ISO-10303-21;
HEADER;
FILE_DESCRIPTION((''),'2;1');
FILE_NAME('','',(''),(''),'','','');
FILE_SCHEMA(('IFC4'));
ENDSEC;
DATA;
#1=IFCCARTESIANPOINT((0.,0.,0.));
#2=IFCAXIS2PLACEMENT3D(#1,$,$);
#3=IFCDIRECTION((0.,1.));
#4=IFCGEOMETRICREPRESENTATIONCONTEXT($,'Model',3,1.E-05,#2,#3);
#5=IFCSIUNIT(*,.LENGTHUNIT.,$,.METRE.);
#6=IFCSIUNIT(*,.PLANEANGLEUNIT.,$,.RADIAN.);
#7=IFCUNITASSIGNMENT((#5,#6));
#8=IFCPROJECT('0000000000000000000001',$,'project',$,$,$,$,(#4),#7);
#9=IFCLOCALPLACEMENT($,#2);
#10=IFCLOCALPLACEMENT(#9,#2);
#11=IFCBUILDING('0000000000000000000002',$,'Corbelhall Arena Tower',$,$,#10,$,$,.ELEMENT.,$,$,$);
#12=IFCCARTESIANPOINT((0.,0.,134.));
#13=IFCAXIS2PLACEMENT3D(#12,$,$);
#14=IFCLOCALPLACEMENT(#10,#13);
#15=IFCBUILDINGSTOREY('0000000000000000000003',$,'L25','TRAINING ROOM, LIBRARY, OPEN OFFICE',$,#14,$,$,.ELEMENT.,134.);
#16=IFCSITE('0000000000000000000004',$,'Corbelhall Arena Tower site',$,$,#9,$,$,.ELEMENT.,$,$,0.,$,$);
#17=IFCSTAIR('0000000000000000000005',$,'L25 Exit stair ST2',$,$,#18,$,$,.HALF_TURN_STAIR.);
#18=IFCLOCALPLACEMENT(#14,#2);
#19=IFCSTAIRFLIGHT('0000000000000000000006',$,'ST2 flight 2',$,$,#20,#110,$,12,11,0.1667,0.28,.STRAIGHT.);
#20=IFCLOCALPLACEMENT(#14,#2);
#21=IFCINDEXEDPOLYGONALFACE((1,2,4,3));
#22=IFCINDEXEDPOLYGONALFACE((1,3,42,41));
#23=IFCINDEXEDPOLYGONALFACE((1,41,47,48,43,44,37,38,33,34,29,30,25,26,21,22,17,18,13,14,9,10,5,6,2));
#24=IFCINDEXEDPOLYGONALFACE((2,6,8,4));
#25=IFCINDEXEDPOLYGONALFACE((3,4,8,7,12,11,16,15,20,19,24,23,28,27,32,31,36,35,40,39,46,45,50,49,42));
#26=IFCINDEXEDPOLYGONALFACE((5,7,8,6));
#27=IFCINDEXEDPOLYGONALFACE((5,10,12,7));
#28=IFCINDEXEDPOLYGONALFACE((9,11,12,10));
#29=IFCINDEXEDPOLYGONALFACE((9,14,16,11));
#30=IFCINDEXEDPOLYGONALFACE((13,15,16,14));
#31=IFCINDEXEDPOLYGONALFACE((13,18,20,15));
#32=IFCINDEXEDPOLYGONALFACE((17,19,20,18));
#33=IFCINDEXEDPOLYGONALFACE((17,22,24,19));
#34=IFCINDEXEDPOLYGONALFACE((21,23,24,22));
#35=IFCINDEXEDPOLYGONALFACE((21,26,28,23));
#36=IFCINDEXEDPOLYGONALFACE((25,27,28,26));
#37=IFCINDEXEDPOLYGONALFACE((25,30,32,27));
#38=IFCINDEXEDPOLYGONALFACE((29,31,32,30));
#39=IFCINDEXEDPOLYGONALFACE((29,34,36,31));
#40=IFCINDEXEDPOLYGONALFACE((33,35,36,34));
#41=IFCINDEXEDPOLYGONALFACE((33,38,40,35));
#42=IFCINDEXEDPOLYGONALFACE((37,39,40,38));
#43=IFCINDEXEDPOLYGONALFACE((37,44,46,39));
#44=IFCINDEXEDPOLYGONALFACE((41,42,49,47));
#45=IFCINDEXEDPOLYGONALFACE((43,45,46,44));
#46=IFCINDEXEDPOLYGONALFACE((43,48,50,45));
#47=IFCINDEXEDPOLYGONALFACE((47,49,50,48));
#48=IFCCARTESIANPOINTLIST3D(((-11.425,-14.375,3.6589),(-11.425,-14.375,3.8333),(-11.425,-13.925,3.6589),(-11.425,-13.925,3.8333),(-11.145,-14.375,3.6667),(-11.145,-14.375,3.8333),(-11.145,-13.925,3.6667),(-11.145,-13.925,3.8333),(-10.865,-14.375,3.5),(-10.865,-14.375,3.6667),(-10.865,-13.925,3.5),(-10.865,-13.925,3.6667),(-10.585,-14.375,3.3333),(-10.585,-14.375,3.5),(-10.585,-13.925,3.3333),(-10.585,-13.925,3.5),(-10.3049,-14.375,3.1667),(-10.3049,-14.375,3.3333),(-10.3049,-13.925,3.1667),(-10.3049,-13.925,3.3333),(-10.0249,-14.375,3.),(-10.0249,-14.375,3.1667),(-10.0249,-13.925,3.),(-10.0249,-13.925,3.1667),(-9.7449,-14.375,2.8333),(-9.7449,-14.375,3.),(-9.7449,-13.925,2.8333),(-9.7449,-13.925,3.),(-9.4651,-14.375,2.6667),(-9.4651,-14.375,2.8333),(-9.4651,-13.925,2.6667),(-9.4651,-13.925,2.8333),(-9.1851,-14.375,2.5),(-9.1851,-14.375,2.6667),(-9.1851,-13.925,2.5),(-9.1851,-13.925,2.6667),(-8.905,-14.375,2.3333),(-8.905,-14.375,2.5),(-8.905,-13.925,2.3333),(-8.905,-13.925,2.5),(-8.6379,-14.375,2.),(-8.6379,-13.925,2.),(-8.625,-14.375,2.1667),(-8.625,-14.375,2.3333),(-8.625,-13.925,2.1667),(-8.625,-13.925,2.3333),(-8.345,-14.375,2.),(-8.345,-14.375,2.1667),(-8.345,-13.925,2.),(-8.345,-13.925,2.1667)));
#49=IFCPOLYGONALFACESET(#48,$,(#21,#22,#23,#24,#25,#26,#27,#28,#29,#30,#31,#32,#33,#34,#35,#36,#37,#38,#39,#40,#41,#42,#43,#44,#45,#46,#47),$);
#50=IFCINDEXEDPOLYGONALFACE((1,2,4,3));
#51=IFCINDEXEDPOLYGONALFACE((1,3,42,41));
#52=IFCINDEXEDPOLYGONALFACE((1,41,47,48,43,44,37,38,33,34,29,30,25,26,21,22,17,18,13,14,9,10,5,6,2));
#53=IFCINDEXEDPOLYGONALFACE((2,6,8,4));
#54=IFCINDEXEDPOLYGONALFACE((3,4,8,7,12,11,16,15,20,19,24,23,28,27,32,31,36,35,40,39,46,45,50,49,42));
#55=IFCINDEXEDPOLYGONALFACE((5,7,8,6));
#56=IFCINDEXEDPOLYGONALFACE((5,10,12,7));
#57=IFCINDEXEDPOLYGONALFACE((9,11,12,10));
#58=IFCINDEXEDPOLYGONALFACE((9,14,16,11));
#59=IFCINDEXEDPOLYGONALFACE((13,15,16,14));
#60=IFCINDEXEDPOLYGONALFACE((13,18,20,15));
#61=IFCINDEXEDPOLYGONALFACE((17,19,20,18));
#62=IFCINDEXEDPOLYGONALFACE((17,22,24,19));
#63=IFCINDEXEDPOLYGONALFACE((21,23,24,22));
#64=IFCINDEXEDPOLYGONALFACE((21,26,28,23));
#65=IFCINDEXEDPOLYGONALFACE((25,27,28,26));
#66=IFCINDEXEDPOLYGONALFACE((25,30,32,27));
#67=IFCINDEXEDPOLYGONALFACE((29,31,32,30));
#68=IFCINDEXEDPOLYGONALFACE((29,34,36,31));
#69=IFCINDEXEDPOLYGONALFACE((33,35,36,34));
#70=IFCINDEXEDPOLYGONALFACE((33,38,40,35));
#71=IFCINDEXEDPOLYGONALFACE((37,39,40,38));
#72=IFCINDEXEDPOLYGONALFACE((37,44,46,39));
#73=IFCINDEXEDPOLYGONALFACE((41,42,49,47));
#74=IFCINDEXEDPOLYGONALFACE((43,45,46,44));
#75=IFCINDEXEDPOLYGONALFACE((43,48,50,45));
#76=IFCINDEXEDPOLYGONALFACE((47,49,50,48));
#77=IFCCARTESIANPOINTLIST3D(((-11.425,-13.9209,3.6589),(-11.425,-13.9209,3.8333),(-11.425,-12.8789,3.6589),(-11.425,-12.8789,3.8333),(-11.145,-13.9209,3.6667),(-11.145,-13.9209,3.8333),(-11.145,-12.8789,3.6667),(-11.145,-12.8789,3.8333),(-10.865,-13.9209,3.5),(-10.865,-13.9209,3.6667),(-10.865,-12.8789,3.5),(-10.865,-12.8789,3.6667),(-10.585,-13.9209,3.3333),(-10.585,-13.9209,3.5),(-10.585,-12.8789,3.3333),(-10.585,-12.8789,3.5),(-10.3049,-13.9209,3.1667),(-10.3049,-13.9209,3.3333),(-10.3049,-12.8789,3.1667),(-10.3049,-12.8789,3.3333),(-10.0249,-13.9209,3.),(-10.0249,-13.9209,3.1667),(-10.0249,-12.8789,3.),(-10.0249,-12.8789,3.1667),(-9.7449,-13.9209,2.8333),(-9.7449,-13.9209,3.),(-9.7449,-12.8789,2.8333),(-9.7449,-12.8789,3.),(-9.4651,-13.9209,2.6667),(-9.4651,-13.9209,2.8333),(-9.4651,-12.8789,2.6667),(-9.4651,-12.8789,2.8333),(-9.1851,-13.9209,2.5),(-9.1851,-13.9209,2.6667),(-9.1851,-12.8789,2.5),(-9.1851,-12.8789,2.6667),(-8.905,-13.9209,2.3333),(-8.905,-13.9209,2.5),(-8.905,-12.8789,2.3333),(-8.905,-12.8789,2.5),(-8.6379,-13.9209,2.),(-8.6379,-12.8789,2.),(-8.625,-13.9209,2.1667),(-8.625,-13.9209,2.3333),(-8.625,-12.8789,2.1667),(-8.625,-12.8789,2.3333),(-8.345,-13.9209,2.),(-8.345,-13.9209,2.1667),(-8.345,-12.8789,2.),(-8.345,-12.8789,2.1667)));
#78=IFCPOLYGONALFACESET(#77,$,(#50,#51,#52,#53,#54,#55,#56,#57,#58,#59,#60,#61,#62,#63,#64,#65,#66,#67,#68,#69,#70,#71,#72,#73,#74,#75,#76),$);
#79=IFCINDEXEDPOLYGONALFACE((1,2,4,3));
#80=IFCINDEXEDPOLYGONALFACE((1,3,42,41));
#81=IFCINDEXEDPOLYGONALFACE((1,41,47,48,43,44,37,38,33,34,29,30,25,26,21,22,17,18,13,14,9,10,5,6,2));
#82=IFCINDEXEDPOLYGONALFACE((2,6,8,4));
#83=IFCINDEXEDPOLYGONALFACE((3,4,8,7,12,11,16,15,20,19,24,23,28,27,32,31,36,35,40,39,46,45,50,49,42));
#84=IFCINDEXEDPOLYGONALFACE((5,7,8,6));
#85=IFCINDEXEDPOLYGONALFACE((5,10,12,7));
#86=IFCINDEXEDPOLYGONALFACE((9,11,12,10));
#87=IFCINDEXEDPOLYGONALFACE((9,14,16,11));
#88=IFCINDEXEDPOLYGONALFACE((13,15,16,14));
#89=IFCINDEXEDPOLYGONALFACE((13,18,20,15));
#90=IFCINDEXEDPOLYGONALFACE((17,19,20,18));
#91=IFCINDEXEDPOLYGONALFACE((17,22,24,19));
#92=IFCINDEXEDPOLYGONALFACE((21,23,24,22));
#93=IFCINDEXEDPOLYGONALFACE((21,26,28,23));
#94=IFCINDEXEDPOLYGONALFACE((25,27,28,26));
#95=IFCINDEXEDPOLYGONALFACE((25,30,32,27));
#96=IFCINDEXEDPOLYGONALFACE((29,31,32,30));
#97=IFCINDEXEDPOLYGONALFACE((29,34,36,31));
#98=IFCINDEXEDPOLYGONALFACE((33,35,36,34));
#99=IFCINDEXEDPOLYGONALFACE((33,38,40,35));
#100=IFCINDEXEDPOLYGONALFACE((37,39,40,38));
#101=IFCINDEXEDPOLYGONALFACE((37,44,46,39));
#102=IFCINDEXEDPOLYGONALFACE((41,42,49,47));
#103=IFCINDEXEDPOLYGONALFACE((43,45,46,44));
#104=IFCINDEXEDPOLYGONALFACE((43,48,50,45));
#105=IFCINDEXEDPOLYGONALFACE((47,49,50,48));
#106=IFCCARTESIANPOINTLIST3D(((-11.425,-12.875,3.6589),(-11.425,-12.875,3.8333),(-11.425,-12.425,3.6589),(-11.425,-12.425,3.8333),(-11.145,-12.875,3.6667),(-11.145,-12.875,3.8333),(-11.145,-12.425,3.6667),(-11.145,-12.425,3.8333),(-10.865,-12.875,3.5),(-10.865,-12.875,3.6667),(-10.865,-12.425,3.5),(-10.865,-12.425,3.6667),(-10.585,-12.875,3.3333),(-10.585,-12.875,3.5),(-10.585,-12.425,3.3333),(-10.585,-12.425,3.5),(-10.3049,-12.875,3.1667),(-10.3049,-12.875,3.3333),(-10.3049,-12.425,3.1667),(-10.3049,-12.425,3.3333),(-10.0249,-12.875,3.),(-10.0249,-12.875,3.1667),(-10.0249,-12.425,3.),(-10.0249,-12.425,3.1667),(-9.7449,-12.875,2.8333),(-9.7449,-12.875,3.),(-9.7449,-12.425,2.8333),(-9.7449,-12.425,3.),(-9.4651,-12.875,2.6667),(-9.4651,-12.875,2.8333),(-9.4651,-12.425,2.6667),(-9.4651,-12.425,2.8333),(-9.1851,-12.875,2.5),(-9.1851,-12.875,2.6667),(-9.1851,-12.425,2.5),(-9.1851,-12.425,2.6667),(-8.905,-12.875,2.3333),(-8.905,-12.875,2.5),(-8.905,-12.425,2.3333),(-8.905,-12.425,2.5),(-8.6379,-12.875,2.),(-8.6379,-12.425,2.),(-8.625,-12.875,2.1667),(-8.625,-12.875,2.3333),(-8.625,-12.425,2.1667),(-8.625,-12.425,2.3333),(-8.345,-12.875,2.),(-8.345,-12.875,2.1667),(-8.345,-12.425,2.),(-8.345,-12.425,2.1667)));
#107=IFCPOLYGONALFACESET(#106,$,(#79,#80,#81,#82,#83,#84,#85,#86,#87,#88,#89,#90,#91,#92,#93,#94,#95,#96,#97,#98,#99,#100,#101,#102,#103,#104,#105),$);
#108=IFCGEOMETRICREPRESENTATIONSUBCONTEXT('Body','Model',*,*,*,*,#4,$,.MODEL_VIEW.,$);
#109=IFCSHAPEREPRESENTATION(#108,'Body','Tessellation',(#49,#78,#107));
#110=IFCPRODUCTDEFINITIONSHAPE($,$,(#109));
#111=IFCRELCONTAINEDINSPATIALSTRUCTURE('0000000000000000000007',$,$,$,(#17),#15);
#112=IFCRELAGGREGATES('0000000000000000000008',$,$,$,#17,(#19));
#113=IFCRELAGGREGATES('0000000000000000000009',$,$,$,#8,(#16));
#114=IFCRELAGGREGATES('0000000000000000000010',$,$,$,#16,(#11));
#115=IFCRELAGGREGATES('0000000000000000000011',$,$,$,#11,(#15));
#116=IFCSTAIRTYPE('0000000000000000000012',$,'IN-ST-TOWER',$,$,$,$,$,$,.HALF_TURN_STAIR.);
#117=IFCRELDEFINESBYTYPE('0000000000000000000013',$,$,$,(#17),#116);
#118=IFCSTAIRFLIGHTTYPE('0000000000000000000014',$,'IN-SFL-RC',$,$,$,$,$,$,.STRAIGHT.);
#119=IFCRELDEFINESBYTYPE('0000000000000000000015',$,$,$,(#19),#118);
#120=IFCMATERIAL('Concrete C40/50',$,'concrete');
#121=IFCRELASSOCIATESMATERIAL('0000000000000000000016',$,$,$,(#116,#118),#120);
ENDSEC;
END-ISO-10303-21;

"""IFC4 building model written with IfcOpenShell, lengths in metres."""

from ifc_helpers import new_model, si_unit, direction, frame, origin, place, context, subcontext, project, spatial, polyline, outline, extrude, material, type_object, element, aggregate, save


model = new_model("IFC4")

# Units and contexts
model_context = context("Model", 3, precision=1e-05, world=origin(), true_north=direction((0.0, 1.0)))
body_context = subcontext(model_context, "Body", "Model", "MODEL_VIEW")
ifc_project = project(units=[si_unit("LENGTHUNIT", "METRE"), si_unit("PLANEANGLEUNIT", "RADIAN")], contexts=[model_context])

# Site, building, storey
site_placement = place(None, origin())
site = spatial("IfcSite", under=ifc_project, at=site_placement, Name="Corbelhall Arena Tower site", CompositionType="ELEMENT", RefElevation=0.0)
building_placement = place(site_placement, origin())
building = spatial("IfcBuilding", under=site, at=building_placement, Name="Corbelhall Arena Tower", CompositionType="ELEMENT")
storey_placement = place(building_placement, frame((0.0, 0.0, 134.0)))
storey = spatial("IfcBuildingStorey", under=building, at=storey_placement, Name="L25", Description="TRAINING ROOM, LIBRARY, OPEN OFFICE", CompositionType="ELEMENT", Elevation=134.0)

# Shared definitions
ifc_material_1 = material(Name="Concrete C40/50", Category="concrete")

# Stair, stair flight
stair_type = type_object("IfcStairType", Name="IN-ST-TOWER", PredefinedType="HALF_TURN_STAIR", material=ifc_material_1)
stair_placement = place(storey_placement, origin())
stair = element("IfcStair", 1, at=stair_placement, inside=storey, type_object=stair_type, Name="L25 Exit stair ST2", PredefinedType="HALF_TURN_STAIR")
stair_flight_type = type_object("IfcStairFlightType", Name="IN-SFL-RC", PredefinedType="STRAIGHT", material=ifc_material_1)
stair_flight_placement = place(storey_placement, frame((-8.345, -13.3999, 2.0), z_axis=(0.0, 0.0, 1.0), x_axis=(-1.0, 0.0, 0.0)))
stair_flight = element("IfcStairFlight", 2, at=stair_flight_placement, type_object=stair_flight_type, Name="ST2 flight 2", NumberOfRisers=12, NumberOfTreads=11, PredefinedType="STRAIGHT", RiserHeight=0.1667, TreadLength=0.28, context=body_context, shape_type="SweptSolid", body=[
    extrude(outline(polyline([(0.0, 0.0), (0.0, 0.1667), (0.28, 0.1667), (0.28, 0.3333), (0.5601, 0.3333), (0.5601, 0.5), (0.8401, 0.5), (0.8401, 0.6667), (1.1201, 0.6667), (1.1201, 0.8333), (1.3999, 0.8333), (1.3999, 1.0), (1.6799, 1.0), (1.6799, 1.1667), (1.96, 1.1667), (1.96, 1.3333), (2.24, 1.3333), (2.24, 1.5), (2.52, 1.5), (2.52, 1.6667), (2.8, 1.6667), (2.8, 1.8333), (3.0801, 1.8333), (3.0801, 2.0), (3.0801, 1.6589), (0.293, 0.0), (0.0, 0.0)])), frame((0.0, 0.9751, 0.0), z_axis=(0.0, -1.0, 0.0), x_axis=(1.0, 0.0, 0.0)), (0.0, 0.0, 1.0), 0.45),
    extrude(outline(polyline([(0.0, 0.0), (0.0, 0.1667), (0.28, 0.1667), (0.28, 0.3333), (0.5601, 0.3333), (0.5601, 0.5), (0.8401, 0.5), (0.8401, 0.6667), (1.1201, 0.6667), (1.1201, 0.8333), (1.3999, 0.8333), (1.3999, 1.0), (1.6799, 1.0), (1.6799, 1.1667), (1.96, 1.1667), (1.96, 1.3333), (2.24, 1.3333), (2.24, 1.5), (2.52, 1.5), (2.52, 1.6667), (2.8, 1.6667), (2.8, 1.8333), (3.0801, 1.8333), (3.0801, 2.0), (3.0801, 1.6589), (0.293, 0.0), (0.0, 0.0)])), frame((0.0, 0.521, 0.0), z_axis=(0.0, -1.0, 0.0), x_axis=(1.0, 0.0, 0.0)), (0.0, 0.0, 1.0), 1.042),
    extrude(outline(polyline([(0.0, 0.0), (0.0, 0.1667), (0.28, 0.1667), (0.28, 0.3333), (0.5601, 0.3333), (0.5601, 0.5), (0.8401, 0.5), (0.8401, 0.6667), (1.1201, 0.6667), (1.1201, 0.8333), (1.3999, 0.8333), (1.3999, 1.0), (1.6799, 1.0), (1.6799, 1.1667), (1.96, 1.1667), (1.96, 1.3333), (2.24, 1.3333), (2.24, 1.5), (2.52, 1.5), (2.52, 1.6667), (2.8, 1.6667), (2.8, 1.8333), (3.0801, 1.8333), (3.0801, 2.0), (3.0801, 1.6589), (0.293, 0.0), (0.0, 0.0)])), frame((0.0, -0.5249, 0.0), z_axis=(0.0, -1.0, 0.0), x_axis=(1.0, 0.0, 0.0)), (0.0, 0.0, 1.0), 0.45),
])
aggregate(stair, [stair_flight])

save(model, "model.ifc")
